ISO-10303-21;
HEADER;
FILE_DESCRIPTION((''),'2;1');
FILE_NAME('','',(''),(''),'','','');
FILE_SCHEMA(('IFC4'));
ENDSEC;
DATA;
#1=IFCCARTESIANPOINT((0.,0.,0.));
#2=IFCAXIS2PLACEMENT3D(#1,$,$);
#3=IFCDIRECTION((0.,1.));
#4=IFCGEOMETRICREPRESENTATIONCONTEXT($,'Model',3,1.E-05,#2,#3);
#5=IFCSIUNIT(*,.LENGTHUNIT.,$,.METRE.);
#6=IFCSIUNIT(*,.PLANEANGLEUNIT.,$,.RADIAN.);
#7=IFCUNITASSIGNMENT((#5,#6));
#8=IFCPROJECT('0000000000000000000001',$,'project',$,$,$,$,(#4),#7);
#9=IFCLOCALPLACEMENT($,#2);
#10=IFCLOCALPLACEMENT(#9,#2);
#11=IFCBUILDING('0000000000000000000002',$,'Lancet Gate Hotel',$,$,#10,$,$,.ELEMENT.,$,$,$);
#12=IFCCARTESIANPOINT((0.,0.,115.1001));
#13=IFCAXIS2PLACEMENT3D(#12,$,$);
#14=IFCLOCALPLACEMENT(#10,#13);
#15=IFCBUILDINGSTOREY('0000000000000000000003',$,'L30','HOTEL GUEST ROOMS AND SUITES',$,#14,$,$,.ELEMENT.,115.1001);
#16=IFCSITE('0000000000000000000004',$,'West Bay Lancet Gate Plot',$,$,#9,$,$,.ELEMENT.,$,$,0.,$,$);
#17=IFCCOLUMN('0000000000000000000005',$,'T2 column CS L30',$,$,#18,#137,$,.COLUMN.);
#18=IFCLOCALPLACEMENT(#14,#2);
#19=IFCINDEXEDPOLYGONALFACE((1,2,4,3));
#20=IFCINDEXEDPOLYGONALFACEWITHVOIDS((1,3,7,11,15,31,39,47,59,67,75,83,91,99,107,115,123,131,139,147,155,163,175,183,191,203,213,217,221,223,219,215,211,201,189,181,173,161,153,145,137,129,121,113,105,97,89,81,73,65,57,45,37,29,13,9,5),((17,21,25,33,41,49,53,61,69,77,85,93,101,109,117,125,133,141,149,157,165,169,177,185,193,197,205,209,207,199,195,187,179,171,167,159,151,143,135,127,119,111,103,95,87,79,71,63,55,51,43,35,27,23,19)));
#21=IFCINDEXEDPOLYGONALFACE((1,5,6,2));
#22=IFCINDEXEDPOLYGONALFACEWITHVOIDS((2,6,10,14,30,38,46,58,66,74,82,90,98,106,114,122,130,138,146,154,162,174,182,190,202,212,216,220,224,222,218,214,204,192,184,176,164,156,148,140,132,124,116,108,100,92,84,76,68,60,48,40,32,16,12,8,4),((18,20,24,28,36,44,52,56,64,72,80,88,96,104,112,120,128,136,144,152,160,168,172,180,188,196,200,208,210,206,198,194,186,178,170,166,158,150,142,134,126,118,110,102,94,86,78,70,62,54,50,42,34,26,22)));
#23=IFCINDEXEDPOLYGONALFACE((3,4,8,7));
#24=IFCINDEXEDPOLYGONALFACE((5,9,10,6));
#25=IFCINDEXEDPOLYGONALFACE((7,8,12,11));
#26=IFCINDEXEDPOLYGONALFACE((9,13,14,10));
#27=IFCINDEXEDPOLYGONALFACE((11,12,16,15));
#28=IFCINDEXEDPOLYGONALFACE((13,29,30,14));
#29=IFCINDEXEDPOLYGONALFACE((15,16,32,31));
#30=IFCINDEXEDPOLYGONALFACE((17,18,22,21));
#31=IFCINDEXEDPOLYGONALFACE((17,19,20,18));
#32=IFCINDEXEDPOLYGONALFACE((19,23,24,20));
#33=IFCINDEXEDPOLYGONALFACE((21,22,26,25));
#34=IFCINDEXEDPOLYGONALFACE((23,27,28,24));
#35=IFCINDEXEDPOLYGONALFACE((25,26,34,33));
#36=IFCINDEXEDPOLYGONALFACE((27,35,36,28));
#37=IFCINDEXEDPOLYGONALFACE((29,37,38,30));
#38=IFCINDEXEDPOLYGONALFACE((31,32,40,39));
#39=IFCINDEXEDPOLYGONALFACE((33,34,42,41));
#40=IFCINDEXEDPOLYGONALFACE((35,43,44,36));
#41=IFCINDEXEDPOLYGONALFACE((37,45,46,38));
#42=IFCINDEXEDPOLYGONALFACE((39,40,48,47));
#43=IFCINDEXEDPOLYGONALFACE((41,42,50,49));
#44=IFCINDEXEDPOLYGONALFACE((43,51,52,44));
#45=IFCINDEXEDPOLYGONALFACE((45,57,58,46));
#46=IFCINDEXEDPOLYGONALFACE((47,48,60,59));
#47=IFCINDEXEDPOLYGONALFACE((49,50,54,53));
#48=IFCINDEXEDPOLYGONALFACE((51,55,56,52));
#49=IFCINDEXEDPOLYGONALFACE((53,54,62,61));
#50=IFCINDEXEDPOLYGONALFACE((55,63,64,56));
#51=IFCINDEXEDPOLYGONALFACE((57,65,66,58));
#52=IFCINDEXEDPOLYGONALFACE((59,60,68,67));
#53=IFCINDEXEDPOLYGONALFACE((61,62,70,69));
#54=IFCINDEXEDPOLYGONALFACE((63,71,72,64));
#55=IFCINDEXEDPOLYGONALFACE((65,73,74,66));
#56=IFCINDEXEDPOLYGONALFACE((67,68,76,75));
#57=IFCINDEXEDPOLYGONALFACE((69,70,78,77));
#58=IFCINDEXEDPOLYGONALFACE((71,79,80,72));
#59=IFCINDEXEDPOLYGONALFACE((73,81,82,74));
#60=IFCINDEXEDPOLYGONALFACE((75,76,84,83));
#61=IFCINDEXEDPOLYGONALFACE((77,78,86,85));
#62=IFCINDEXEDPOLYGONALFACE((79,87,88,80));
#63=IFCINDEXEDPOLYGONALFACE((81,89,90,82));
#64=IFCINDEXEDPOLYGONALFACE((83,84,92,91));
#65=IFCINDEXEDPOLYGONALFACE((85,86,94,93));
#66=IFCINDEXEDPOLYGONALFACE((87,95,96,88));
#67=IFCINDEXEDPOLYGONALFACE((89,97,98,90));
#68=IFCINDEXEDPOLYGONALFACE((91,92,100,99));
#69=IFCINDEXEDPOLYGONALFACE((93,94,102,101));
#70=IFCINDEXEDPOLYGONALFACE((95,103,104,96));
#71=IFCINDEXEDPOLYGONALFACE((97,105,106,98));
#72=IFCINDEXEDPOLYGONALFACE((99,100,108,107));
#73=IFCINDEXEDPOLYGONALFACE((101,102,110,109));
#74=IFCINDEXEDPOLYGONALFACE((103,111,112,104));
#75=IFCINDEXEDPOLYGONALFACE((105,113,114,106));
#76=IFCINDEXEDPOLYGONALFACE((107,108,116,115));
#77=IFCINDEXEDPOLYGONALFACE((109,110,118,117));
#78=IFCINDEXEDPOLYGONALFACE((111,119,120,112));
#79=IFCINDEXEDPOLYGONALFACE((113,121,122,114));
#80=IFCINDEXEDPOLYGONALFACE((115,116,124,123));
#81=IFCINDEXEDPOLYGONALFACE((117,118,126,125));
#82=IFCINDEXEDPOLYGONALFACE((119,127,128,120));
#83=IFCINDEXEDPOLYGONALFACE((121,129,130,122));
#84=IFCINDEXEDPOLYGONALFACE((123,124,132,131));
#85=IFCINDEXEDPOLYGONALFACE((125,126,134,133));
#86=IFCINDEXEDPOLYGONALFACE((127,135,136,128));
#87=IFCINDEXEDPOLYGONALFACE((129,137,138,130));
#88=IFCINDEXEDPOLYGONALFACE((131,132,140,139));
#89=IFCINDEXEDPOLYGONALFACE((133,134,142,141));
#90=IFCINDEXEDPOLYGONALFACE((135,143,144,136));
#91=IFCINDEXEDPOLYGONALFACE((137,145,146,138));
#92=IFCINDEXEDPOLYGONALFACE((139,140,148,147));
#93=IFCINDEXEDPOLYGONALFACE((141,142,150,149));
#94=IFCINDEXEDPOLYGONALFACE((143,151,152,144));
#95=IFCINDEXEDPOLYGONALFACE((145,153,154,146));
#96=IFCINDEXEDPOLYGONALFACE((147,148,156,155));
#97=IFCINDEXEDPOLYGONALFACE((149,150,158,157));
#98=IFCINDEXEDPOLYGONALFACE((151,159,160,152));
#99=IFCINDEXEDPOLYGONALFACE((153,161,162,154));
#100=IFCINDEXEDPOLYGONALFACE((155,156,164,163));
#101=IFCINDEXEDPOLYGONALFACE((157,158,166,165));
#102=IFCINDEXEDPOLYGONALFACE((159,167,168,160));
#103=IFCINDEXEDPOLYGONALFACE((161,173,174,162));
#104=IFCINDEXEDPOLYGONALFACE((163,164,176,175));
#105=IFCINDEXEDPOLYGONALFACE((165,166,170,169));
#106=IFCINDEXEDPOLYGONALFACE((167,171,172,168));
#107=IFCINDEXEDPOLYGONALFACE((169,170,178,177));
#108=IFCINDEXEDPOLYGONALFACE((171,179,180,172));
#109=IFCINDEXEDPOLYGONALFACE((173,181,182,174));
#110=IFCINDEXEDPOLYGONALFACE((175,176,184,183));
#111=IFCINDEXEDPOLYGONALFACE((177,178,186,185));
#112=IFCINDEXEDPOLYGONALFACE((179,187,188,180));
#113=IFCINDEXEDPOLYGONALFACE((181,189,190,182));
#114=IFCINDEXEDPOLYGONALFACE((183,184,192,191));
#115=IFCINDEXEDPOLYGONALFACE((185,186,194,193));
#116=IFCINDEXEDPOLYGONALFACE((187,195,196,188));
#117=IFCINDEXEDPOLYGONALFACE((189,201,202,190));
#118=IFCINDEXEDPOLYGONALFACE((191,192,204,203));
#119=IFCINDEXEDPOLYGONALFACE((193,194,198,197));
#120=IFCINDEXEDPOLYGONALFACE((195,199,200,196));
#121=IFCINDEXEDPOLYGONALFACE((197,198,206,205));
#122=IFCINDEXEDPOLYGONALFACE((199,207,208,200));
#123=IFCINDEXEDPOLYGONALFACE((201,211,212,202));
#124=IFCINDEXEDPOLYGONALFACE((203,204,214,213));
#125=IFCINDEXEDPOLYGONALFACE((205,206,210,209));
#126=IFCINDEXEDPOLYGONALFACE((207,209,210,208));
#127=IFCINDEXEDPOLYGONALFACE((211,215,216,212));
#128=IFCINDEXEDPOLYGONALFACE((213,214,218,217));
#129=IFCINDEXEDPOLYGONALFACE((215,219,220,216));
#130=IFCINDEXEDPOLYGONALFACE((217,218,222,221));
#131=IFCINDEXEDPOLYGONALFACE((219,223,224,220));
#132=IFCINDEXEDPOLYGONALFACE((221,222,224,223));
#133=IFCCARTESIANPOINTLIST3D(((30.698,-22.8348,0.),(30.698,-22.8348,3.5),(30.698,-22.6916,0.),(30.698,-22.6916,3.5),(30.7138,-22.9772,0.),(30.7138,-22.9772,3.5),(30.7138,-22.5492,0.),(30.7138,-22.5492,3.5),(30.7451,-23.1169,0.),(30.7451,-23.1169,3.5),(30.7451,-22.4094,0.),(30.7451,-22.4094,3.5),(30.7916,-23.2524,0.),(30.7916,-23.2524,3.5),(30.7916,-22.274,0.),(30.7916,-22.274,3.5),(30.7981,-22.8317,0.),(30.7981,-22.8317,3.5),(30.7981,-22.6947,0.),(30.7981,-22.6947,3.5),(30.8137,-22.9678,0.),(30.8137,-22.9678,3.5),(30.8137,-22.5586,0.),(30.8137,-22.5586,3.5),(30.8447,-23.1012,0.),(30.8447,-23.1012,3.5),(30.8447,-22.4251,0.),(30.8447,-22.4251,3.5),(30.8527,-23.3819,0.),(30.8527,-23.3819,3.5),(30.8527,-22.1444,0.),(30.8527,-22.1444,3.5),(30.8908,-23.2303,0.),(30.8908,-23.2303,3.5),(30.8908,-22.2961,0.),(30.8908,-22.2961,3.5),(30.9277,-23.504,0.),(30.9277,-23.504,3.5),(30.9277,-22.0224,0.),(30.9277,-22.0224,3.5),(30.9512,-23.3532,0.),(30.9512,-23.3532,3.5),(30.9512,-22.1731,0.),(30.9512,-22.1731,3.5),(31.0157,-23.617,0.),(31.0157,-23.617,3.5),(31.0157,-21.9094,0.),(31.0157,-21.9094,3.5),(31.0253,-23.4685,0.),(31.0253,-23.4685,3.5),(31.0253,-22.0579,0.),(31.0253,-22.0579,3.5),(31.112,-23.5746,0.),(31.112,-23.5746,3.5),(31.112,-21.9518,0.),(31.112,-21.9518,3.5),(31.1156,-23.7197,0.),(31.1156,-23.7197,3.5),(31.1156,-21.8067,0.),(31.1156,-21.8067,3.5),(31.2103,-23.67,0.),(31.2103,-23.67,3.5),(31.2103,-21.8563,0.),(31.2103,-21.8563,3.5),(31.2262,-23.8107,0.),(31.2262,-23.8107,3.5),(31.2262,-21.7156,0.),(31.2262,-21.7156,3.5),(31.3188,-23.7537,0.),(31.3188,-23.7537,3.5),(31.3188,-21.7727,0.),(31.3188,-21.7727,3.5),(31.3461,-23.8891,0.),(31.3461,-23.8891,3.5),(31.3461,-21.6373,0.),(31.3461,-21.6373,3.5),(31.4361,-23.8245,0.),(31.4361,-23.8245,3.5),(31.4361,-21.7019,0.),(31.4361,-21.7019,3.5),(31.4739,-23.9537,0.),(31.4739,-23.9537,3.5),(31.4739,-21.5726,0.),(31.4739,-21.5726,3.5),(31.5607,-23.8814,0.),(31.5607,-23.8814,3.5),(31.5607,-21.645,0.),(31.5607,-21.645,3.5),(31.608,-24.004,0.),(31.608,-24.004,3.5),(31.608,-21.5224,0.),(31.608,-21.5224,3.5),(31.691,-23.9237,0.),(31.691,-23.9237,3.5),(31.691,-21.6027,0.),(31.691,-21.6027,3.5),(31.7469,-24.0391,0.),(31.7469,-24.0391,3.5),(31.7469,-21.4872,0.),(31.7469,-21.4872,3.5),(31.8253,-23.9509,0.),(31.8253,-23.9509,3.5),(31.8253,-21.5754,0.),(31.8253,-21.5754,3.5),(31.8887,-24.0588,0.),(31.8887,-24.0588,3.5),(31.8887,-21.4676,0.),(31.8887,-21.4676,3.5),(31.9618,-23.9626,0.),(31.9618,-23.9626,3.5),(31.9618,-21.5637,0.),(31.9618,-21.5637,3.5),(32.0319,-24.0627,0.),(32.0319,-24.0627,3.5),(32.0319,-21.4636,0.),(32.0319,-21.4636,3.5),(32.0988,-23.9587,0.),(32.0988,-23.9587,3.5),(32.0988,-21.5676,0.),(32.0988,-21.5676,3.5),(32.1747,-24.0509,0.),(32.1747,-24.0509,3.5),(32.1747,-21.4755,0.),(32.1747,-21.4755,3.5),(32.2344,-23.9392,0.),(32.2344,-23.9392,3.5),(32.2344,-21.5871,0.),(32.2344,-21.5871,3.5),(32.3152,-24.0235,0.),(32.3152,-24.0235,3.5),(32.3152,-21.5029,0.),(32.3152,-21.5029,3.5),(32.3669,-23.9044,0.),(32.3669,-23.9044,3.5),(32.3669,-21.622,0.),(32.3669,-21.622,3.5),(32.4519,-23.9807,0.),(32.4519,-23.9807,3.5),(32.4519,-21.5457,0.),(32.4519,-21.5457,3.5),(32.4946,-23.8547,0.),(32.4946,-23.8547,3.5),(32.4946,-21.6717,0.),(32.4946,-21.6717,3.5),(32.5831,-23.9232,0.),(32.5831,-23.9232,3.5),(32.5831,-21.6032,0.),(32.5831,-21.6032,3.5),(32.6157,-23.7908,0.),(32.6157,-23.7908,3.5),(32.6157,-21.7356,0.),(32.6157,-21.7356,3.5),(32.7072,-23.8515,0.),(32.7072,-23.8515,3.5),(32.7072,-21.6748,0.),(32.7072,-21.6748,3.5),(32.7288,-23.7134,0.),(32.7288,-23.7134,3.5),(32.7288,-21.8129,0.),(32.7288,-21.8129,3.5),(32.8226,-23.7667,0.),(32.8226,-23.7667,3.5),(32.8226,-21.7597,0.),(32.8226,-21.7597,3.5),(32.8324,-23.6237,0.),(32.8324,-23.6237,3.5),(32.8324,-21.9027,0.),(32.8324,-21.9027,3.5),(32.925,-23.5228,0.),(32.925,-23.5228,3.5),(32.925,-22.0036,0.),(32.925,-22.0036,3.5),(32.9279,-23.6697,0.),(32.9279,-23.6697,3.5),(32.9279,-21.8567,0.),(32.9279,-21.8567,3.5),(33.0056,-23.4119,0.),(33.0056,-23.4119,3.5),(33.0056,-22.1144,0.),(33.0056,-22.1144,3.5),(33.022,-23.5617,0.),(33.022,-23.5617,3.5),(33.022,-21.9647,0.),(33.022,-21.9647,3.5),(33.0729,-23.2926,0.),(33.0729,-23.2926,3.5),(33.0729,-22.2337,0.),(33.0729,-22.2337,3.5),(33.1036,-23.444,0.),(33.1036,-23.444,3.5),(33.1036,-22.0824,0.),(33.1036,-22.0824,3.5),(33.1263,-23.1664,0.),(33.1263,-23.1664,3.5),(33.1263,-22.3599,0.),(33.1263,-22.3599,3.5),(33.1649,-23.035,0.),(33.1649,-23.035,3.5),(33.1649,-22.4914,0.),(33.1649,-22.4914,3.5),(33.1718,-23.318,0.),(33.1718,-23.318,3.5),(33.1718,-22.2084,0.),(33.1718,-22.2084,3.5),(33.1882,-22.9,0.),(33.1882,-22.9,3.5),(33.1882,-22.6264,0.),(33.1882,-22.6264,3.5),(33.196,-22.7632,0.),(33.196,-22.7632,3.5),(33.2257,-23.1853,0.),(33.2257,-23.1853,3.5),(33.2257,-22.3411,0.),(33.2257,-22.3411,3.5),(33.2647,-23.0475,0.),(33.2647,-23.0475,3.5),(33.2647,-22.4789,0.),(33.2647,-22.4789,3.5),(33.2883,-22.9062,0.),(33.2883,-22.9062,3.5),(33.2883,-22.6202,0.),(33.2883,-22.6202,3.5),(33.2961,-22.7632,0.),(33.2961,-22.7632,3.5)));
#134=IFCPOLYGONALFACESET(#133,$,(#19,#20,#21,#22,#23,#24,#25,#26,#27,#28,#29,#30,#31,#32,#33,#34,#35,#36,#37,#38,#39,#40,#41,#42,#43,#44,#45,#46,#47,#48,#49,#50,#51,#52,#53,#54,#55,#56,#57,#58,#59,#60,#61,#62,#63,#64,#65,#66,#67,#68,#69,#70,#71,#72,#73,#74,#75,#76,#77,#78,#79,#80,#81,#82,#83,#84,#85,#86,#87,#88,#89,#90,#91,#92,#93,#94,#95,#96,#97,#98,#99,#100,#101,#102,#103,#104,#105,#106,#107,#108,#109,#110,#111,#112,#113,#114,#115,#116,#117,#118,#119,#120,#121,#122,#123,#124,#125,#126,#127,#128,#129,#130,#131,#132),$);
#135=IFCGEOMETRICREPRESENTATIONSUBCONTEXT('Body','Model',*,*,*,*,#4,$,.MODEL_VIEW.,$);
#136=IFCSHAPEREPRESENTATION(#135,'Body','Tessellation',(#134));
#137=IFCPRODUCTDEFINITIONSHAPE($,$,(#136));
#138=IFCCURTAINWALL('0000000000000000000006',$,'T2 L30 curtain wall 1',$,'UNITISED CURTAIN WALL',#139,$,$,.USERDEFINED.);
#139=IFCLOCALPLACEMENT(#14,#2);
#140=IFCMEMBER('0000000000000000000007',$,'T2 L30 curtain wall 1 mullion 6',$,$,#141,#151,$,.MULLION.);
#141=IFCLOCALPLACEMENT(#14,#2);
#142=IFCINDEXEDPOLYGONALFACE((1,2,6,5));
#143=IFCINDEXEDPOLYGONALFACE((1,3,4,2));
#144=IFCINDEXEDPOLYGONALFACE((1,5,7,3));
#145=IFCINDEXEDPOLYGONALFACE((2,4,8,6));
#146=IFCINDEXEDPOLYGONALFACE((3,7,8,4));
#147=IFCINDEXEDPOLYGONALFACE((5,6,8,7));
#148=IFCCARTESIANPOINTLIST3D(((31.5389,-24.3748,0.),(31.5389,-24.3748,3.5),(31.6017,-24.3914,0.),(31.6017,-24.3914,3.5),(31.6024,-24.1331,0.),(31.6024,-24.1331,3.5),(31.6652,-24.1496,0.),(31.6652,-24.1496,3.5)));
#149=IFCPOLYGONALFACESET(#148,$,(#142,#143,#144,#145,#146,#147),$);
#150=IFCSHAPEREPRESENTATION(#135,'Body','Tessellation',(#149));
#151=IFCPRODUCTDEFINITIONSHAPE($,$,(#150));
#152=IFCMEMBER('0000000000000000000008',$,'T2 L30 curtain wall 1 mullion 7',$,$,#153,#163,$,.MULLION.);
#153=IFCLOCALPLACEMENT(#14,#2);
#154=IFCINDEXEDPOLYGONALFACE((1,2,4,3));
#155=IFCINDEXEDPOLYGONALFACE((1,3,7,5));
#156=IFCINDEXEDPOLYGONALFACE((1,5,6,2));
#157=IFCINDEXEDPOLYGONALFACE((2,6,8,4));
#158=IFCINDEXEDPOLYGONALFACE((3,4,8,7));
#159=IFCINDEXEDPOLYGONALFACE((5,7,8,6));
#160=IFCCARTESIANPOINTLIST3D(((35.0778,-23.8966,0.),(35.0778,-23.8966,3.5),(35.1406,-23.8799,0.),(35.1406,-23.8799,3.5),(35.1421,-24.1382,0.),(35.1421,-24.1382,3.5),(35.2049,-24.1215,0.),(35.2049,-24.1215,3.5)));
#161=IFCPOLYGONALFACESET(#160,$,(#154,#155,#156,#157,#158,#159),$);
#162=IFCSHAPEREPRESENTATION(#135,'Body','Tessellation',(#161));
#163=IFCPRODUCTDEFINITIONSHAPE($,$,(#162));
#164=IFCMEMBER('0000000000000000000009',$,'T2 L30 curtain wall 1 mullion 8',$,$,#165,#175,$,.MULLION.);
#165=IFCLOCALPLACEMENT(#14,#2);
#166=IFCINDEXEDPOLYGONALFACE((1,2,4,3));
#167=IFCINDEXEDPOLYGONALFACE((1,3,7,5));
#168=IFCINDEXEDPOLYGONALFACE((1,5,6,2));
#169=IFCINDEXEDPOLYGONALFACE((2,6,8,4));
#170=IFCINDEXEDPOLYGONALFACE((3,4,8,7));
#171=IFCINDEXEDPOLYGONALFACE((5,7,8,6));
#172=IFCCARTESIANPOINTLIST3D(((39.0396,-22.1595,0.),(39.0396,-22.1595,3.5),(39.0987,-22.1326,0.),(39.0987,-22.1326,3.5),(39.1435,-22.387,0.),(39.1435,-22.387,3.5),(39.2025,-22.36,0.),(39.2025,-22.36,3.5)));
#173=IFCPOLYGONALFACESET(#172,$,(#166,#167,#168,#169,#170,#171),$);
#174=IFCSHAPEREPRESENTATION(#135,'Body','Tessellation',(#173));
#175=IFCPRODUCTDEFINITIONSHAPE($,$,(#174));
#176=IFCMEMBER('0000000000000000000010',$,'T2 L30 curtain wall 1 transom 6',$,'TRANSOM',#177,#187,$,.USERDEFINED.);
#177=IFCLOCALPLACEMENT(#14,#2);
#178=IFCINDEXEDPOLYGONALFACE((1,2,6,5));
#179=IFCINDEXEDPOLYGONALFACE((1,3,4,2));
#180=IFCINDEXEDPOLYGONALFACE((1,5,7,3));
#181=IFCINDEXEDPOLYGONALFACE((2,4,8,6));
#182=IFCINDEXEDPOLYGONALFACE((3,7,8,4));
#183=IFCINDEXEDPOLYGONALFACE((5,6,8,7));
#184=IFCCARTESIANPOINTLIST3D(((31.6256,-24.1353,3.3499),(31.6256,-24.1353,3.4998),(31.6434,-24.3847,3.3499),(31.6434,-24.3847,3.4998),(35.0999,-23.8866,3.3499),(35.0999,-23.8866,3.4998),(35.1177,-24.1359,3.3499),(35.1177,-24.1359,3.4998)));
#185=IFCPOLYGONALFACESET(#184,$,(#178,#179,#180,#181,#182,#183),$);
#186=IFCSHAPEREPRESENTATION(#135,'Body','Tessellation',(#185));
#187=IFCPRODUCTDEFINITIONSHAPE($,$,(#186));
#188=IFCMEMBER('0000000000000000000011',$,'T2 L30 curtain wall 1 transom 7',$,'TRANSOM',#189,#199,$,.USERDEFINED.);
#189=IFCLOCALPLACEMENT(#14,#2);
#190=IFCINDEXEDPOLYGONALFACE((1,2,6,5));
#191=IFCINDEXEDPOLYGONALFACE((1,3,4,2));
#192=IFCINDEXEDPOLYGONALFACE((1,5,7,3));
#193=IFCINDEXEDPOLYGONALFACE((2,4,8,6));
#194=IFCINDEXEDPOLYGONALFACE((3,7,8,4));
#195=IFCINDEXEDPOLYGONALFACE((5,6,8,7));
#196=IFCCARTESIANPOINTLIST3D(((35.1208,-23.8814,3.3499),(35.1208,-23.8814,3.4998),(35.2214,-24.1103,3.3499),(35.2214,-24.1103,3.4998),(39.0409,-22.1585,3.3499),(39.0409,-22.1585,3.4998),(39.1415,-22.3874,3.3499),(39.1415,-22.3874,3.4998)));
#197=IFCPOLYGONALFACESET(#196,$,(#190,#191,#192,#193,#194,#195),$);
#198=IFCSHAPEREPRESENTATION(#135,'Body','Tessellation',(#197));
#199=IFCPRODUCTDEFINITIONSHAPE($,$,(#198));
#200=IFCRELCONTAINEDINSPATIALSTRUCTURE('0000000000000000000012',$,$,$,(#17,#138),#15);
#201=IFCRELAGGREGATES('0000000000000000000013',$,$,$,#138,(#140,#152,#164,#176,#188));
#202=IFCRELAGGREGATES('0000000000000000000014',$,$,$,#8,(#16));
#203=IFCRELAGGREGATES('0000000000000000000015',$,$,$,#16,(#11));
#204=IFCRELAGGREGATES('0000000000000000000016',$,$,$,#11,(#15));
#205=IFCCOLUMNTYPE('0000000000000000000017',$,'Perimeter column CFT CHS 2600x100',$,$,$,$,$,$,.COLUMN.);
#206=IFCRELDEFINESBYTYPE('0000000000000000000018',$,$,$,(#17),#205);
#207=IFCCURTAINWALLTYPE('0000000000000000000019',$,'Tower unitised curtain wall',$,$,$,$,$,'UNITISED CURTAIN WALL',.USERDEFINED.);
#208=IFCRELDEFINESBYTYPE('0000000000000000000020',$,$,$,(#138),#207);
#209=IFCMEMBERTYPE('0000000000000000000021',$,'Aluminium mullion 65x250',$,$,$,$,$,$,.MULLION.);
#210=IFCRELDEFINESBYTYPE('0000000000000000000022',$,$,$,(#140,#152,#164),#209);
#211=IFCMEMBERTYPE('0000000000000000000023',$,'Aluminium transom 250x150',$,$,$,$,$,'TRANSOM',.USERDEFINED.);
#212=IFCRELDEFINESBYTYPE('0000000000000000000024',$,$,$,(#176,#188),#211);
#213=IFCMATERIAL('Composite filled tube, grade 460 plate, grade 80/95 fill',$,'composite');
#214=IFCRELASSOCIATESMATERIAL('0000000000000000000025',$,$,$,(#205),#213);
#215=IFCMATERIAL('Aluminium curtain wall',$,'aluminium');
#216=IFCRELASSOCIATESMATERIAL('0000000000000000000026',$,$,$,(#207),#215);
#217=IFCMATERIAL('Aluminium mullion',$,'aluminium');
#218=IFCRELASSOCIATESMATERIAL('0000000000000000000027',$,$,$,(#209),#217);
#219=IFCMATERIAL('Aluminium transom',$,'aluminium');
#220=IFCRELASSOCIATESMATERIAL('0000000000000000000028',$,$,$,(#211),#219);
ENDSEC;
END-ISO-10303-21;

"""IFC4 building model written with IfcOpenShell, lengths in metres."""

from ifc_helpers import new_model, si_unit, direction, frame, origin, origin_2d, place, context, subcontext, project, spatial, rectangle, hollow_circle, extrude, material, material_profile, profile_set, type_object, element, aggregate, save


model = new_model("IFC4")

# Units and contexts
model_context = context("Model", 3, precision=1e-05, world=origin(), true_north=direction((0.0, 1.0)))
body_context = subcontext(model_context, "Body", "Model", "MODEL_VIEW")
ifc_project = project(units=[si_unit("LENGTHUNIT", "METRE"), si_unit("PLANEANGLEUNIT", "RADIAN")], contexts=[model_context])

# Site, building, storey
site_placement = place(None, origin())
site = spatial("IfcSite", under=ifc_project, at=site_placement, Name="West Bay Lancet Gate Plot", CompositionType="ELEMENT", RefElevation=0.0)
building_placement = place(site_placement, origin())
building = spatial("IfcBuilding", under=site, at=building_placement, Name="Lancet Gate Hotel", CompositionType="ELEMENT")
storey_placement = place(building_placement, frame((0.0, 0.0, 115.1001)))
storey = spatial("IfcBuildingStorey", under=building, at=storey_placement, Name="L30", Description="HOTEL GUEST ROOMS AND SUITES", CompositionType="ELEMENT", Elevation=115.1001)

# Column
ifc_material_1 = material(Name="Composite filled tube, grade 460 plate, grade 80/95 fill", Category="composite")
ifc_material_profile_1 = material_profile(ifc_material_1, hollow_circle(Radius=1.3, WallThickness=0.1001, at=origin_2d()), Name="CHS 2600x100")
ifc_profile_set_1 = profile_set([ifc_material_profile_1], Name="Composite filled tube, grade 460 plate, grade 80/95 fill")
column_type = type_object("IfcColumnType", Name="Perimeter column CFT CHS 2600x100", PredefinedType="COLUMN", material=ifc_profile_set_1)
column_placement = place(storey_placement, frame((31.9961, -22.7632, 0.0), z_axis=(0.0, 0.0, 1.0), x_axis=(1.0, 0.0, 0.0)))
element("IfcColumn", 1, at=column_placement, inside=storey, type_object=column_type, Name="T2 column CS L30", PredefinedType="COLUMN", context=body_context, shape_type="SweptSolid", body=[
    extrude(hollow_circle(Radius=1.3, WallThickness=0.1001, at=origin_2d()), origin(), (0.0, 0.0, 1.0), 3.5),
])

# Curtain wall, members
ifc_material_2 = material(Name="Aluminium curtain wall", Category="aluminium")
curtain_wall_type = type_object("IfcCurtainWallType", Name="Tower unitised curtain wall", ElementType="UNITISED CURTAIN WALL", PredefinedType="USERDEFINED", material=ifc_material_2)
curtain_wall_placement = place(storey_placement, origin())
curtain_wall = element("IfcCurtainWall", 2, at=curtain_wall_placement, inside=storey, type_object=curtain_wall_type, Name="T2 L30 curtain wall 1", ObjectType="UNITISED CURTAIN WALL", PredefinedType="USERDEFINED")
ifc_material_3 = material(Name="Aluminium mullion", Category="aluminium")
ifc_material_profile_2 = material_profile(ifc_material_3, rectangle(XDim=0.0649, YDim=0.25, at=origin_2d()), Name="MULLION 65x250")
ifc_profile_set_2 = profile_set([ifc_material_profile_2], Name="Aluminium mullion")
member_type_1 = type_object("IfcMemberType", Name="Aluminium mullion 65x250", PredefinedType="MULLION", material=ifc_profile_set_2)
member_1_placement = place(storey_placement, frame((31.6021, -24.2622, 0.0), z_axis=(0.0, 0.0, 1.0), x_axis=(0.967157, -0.254179, 0.0)))
member_1 = element("IfcMember", 3, at=member_1_placement, type_object=member_type_1, Name="T2 L30 curtain wall 1 mullion 6", PredefinedType="MULLION", context=body_context, shape_type="SweptSolid", body=[
    extrude(rectangle(XDim=0.0649, YDim=0.25, at=origin_2d()), origin(), (0.0, 0.0, 1.0), 3.5),
])
member_2_placement = place(storey_placement, frame((35.1414, -24.009, 0.0), z_axis=(0.0, 0.0, 1.0), x_axis=(0.966317, 0.257353, 0.0)))
member_2 = element("IfcMember", 4, at=member_2_placement, type_object=member_type_1, Name="T2 L30 curtain wall 1 mullion 7", PredefinedType="MULLION", context=body_context, shape_type="SweptSolid", body=[
    extrude(rectangle(XDim=0.0649, YDim=0.25, at=origin_2d()), origin(), (0.0, 0.0, 1.0), 3.5),
])
member_3_placement = place(storey_placement, frame((39.1211, -22.2598, 0.0), z_axis=(0.0, 0.0, 1.0), x_axis=(0.909673, 0.415326, 0.0)))
member_3 = element("IfcMember", 5, at=member_3_placement, type_object=member_type_1, Name="T2 L30 curtain wall 1 mullion 8", PredefinedType="MULLION", context=body_context, shape_type="SweptSolid", body=[
    extrude(rectangle(XDim=0.0649, YDim=0.25, at=origin_2d()), origin(), (0.0, 0.0, 1.0), 3.5),
])
ifc_material_4 = material(Name="Aluminium transom", Category="aluminium")
ifc_material_profile_3 = material_profile(ifc_material_4, rectangle(XDim=0.25, YDim=0.1499, at=origin_2d()), Name="TRANSOM 250x150")
ifc_profile_set_3 = profile_set([ifc_material_profile_3], Name="Aluminium transom")
member_type_2 = type_object("IfcMemberType", Name="Aluminium transom 250x150", ElementType="TRANSOM", PredefinedType="USERDEFINED", material=ifc_profile_set_3)
member_4_placement = place(storey_placement, frame((31.6345, -24.26, 3.4248), z_axis=(0.997446, 0.071421, 0.0), x_axis=(-0.071421, 0.997446, 0.0)))
member_4 = element("IfcMember", 6, at=member_4_placement, type_object=member_type_2, Name="T2 L30 curtain wall 1 transom 6", ObjectType="TRANSOM", PredefinedType="USERDEFINED", context=body_context, shape_type="SweptSolid", body=[
    extrude(rectangle(XDim=0.25, YDim=0.1499, at=origin_2d()), origin(), (0.0, 0.0, 1.0), 3.4832),
])
member_5_placement = place(storey_placement, frame((35.1711, -23.9958, 3.4248), z_axis=(0.915485, 0.402353, 0.0), x_axis=(-0.402353, 0.915485, 0.0)))
member_5 = element("IfcMember", 7, at=member_5_placement, type_object=member_type_2, Name="T2 L30 curtain wall 1 transom 7", ObjectType="TRANSOM", PredefinedType="USERDEFINED", context=body_context, shape_type="SweptSolid", body=[
    extrude(rectangle(XDim=0.25, YDim=0.1499, at=origin_2d()), origin(), (0.0, 0.0, 1.0), 4.282),
])

aggregate(curtain_wall, [member_1, member_2, member_3, member_4, member_5])

save(model, "model.ifc")
